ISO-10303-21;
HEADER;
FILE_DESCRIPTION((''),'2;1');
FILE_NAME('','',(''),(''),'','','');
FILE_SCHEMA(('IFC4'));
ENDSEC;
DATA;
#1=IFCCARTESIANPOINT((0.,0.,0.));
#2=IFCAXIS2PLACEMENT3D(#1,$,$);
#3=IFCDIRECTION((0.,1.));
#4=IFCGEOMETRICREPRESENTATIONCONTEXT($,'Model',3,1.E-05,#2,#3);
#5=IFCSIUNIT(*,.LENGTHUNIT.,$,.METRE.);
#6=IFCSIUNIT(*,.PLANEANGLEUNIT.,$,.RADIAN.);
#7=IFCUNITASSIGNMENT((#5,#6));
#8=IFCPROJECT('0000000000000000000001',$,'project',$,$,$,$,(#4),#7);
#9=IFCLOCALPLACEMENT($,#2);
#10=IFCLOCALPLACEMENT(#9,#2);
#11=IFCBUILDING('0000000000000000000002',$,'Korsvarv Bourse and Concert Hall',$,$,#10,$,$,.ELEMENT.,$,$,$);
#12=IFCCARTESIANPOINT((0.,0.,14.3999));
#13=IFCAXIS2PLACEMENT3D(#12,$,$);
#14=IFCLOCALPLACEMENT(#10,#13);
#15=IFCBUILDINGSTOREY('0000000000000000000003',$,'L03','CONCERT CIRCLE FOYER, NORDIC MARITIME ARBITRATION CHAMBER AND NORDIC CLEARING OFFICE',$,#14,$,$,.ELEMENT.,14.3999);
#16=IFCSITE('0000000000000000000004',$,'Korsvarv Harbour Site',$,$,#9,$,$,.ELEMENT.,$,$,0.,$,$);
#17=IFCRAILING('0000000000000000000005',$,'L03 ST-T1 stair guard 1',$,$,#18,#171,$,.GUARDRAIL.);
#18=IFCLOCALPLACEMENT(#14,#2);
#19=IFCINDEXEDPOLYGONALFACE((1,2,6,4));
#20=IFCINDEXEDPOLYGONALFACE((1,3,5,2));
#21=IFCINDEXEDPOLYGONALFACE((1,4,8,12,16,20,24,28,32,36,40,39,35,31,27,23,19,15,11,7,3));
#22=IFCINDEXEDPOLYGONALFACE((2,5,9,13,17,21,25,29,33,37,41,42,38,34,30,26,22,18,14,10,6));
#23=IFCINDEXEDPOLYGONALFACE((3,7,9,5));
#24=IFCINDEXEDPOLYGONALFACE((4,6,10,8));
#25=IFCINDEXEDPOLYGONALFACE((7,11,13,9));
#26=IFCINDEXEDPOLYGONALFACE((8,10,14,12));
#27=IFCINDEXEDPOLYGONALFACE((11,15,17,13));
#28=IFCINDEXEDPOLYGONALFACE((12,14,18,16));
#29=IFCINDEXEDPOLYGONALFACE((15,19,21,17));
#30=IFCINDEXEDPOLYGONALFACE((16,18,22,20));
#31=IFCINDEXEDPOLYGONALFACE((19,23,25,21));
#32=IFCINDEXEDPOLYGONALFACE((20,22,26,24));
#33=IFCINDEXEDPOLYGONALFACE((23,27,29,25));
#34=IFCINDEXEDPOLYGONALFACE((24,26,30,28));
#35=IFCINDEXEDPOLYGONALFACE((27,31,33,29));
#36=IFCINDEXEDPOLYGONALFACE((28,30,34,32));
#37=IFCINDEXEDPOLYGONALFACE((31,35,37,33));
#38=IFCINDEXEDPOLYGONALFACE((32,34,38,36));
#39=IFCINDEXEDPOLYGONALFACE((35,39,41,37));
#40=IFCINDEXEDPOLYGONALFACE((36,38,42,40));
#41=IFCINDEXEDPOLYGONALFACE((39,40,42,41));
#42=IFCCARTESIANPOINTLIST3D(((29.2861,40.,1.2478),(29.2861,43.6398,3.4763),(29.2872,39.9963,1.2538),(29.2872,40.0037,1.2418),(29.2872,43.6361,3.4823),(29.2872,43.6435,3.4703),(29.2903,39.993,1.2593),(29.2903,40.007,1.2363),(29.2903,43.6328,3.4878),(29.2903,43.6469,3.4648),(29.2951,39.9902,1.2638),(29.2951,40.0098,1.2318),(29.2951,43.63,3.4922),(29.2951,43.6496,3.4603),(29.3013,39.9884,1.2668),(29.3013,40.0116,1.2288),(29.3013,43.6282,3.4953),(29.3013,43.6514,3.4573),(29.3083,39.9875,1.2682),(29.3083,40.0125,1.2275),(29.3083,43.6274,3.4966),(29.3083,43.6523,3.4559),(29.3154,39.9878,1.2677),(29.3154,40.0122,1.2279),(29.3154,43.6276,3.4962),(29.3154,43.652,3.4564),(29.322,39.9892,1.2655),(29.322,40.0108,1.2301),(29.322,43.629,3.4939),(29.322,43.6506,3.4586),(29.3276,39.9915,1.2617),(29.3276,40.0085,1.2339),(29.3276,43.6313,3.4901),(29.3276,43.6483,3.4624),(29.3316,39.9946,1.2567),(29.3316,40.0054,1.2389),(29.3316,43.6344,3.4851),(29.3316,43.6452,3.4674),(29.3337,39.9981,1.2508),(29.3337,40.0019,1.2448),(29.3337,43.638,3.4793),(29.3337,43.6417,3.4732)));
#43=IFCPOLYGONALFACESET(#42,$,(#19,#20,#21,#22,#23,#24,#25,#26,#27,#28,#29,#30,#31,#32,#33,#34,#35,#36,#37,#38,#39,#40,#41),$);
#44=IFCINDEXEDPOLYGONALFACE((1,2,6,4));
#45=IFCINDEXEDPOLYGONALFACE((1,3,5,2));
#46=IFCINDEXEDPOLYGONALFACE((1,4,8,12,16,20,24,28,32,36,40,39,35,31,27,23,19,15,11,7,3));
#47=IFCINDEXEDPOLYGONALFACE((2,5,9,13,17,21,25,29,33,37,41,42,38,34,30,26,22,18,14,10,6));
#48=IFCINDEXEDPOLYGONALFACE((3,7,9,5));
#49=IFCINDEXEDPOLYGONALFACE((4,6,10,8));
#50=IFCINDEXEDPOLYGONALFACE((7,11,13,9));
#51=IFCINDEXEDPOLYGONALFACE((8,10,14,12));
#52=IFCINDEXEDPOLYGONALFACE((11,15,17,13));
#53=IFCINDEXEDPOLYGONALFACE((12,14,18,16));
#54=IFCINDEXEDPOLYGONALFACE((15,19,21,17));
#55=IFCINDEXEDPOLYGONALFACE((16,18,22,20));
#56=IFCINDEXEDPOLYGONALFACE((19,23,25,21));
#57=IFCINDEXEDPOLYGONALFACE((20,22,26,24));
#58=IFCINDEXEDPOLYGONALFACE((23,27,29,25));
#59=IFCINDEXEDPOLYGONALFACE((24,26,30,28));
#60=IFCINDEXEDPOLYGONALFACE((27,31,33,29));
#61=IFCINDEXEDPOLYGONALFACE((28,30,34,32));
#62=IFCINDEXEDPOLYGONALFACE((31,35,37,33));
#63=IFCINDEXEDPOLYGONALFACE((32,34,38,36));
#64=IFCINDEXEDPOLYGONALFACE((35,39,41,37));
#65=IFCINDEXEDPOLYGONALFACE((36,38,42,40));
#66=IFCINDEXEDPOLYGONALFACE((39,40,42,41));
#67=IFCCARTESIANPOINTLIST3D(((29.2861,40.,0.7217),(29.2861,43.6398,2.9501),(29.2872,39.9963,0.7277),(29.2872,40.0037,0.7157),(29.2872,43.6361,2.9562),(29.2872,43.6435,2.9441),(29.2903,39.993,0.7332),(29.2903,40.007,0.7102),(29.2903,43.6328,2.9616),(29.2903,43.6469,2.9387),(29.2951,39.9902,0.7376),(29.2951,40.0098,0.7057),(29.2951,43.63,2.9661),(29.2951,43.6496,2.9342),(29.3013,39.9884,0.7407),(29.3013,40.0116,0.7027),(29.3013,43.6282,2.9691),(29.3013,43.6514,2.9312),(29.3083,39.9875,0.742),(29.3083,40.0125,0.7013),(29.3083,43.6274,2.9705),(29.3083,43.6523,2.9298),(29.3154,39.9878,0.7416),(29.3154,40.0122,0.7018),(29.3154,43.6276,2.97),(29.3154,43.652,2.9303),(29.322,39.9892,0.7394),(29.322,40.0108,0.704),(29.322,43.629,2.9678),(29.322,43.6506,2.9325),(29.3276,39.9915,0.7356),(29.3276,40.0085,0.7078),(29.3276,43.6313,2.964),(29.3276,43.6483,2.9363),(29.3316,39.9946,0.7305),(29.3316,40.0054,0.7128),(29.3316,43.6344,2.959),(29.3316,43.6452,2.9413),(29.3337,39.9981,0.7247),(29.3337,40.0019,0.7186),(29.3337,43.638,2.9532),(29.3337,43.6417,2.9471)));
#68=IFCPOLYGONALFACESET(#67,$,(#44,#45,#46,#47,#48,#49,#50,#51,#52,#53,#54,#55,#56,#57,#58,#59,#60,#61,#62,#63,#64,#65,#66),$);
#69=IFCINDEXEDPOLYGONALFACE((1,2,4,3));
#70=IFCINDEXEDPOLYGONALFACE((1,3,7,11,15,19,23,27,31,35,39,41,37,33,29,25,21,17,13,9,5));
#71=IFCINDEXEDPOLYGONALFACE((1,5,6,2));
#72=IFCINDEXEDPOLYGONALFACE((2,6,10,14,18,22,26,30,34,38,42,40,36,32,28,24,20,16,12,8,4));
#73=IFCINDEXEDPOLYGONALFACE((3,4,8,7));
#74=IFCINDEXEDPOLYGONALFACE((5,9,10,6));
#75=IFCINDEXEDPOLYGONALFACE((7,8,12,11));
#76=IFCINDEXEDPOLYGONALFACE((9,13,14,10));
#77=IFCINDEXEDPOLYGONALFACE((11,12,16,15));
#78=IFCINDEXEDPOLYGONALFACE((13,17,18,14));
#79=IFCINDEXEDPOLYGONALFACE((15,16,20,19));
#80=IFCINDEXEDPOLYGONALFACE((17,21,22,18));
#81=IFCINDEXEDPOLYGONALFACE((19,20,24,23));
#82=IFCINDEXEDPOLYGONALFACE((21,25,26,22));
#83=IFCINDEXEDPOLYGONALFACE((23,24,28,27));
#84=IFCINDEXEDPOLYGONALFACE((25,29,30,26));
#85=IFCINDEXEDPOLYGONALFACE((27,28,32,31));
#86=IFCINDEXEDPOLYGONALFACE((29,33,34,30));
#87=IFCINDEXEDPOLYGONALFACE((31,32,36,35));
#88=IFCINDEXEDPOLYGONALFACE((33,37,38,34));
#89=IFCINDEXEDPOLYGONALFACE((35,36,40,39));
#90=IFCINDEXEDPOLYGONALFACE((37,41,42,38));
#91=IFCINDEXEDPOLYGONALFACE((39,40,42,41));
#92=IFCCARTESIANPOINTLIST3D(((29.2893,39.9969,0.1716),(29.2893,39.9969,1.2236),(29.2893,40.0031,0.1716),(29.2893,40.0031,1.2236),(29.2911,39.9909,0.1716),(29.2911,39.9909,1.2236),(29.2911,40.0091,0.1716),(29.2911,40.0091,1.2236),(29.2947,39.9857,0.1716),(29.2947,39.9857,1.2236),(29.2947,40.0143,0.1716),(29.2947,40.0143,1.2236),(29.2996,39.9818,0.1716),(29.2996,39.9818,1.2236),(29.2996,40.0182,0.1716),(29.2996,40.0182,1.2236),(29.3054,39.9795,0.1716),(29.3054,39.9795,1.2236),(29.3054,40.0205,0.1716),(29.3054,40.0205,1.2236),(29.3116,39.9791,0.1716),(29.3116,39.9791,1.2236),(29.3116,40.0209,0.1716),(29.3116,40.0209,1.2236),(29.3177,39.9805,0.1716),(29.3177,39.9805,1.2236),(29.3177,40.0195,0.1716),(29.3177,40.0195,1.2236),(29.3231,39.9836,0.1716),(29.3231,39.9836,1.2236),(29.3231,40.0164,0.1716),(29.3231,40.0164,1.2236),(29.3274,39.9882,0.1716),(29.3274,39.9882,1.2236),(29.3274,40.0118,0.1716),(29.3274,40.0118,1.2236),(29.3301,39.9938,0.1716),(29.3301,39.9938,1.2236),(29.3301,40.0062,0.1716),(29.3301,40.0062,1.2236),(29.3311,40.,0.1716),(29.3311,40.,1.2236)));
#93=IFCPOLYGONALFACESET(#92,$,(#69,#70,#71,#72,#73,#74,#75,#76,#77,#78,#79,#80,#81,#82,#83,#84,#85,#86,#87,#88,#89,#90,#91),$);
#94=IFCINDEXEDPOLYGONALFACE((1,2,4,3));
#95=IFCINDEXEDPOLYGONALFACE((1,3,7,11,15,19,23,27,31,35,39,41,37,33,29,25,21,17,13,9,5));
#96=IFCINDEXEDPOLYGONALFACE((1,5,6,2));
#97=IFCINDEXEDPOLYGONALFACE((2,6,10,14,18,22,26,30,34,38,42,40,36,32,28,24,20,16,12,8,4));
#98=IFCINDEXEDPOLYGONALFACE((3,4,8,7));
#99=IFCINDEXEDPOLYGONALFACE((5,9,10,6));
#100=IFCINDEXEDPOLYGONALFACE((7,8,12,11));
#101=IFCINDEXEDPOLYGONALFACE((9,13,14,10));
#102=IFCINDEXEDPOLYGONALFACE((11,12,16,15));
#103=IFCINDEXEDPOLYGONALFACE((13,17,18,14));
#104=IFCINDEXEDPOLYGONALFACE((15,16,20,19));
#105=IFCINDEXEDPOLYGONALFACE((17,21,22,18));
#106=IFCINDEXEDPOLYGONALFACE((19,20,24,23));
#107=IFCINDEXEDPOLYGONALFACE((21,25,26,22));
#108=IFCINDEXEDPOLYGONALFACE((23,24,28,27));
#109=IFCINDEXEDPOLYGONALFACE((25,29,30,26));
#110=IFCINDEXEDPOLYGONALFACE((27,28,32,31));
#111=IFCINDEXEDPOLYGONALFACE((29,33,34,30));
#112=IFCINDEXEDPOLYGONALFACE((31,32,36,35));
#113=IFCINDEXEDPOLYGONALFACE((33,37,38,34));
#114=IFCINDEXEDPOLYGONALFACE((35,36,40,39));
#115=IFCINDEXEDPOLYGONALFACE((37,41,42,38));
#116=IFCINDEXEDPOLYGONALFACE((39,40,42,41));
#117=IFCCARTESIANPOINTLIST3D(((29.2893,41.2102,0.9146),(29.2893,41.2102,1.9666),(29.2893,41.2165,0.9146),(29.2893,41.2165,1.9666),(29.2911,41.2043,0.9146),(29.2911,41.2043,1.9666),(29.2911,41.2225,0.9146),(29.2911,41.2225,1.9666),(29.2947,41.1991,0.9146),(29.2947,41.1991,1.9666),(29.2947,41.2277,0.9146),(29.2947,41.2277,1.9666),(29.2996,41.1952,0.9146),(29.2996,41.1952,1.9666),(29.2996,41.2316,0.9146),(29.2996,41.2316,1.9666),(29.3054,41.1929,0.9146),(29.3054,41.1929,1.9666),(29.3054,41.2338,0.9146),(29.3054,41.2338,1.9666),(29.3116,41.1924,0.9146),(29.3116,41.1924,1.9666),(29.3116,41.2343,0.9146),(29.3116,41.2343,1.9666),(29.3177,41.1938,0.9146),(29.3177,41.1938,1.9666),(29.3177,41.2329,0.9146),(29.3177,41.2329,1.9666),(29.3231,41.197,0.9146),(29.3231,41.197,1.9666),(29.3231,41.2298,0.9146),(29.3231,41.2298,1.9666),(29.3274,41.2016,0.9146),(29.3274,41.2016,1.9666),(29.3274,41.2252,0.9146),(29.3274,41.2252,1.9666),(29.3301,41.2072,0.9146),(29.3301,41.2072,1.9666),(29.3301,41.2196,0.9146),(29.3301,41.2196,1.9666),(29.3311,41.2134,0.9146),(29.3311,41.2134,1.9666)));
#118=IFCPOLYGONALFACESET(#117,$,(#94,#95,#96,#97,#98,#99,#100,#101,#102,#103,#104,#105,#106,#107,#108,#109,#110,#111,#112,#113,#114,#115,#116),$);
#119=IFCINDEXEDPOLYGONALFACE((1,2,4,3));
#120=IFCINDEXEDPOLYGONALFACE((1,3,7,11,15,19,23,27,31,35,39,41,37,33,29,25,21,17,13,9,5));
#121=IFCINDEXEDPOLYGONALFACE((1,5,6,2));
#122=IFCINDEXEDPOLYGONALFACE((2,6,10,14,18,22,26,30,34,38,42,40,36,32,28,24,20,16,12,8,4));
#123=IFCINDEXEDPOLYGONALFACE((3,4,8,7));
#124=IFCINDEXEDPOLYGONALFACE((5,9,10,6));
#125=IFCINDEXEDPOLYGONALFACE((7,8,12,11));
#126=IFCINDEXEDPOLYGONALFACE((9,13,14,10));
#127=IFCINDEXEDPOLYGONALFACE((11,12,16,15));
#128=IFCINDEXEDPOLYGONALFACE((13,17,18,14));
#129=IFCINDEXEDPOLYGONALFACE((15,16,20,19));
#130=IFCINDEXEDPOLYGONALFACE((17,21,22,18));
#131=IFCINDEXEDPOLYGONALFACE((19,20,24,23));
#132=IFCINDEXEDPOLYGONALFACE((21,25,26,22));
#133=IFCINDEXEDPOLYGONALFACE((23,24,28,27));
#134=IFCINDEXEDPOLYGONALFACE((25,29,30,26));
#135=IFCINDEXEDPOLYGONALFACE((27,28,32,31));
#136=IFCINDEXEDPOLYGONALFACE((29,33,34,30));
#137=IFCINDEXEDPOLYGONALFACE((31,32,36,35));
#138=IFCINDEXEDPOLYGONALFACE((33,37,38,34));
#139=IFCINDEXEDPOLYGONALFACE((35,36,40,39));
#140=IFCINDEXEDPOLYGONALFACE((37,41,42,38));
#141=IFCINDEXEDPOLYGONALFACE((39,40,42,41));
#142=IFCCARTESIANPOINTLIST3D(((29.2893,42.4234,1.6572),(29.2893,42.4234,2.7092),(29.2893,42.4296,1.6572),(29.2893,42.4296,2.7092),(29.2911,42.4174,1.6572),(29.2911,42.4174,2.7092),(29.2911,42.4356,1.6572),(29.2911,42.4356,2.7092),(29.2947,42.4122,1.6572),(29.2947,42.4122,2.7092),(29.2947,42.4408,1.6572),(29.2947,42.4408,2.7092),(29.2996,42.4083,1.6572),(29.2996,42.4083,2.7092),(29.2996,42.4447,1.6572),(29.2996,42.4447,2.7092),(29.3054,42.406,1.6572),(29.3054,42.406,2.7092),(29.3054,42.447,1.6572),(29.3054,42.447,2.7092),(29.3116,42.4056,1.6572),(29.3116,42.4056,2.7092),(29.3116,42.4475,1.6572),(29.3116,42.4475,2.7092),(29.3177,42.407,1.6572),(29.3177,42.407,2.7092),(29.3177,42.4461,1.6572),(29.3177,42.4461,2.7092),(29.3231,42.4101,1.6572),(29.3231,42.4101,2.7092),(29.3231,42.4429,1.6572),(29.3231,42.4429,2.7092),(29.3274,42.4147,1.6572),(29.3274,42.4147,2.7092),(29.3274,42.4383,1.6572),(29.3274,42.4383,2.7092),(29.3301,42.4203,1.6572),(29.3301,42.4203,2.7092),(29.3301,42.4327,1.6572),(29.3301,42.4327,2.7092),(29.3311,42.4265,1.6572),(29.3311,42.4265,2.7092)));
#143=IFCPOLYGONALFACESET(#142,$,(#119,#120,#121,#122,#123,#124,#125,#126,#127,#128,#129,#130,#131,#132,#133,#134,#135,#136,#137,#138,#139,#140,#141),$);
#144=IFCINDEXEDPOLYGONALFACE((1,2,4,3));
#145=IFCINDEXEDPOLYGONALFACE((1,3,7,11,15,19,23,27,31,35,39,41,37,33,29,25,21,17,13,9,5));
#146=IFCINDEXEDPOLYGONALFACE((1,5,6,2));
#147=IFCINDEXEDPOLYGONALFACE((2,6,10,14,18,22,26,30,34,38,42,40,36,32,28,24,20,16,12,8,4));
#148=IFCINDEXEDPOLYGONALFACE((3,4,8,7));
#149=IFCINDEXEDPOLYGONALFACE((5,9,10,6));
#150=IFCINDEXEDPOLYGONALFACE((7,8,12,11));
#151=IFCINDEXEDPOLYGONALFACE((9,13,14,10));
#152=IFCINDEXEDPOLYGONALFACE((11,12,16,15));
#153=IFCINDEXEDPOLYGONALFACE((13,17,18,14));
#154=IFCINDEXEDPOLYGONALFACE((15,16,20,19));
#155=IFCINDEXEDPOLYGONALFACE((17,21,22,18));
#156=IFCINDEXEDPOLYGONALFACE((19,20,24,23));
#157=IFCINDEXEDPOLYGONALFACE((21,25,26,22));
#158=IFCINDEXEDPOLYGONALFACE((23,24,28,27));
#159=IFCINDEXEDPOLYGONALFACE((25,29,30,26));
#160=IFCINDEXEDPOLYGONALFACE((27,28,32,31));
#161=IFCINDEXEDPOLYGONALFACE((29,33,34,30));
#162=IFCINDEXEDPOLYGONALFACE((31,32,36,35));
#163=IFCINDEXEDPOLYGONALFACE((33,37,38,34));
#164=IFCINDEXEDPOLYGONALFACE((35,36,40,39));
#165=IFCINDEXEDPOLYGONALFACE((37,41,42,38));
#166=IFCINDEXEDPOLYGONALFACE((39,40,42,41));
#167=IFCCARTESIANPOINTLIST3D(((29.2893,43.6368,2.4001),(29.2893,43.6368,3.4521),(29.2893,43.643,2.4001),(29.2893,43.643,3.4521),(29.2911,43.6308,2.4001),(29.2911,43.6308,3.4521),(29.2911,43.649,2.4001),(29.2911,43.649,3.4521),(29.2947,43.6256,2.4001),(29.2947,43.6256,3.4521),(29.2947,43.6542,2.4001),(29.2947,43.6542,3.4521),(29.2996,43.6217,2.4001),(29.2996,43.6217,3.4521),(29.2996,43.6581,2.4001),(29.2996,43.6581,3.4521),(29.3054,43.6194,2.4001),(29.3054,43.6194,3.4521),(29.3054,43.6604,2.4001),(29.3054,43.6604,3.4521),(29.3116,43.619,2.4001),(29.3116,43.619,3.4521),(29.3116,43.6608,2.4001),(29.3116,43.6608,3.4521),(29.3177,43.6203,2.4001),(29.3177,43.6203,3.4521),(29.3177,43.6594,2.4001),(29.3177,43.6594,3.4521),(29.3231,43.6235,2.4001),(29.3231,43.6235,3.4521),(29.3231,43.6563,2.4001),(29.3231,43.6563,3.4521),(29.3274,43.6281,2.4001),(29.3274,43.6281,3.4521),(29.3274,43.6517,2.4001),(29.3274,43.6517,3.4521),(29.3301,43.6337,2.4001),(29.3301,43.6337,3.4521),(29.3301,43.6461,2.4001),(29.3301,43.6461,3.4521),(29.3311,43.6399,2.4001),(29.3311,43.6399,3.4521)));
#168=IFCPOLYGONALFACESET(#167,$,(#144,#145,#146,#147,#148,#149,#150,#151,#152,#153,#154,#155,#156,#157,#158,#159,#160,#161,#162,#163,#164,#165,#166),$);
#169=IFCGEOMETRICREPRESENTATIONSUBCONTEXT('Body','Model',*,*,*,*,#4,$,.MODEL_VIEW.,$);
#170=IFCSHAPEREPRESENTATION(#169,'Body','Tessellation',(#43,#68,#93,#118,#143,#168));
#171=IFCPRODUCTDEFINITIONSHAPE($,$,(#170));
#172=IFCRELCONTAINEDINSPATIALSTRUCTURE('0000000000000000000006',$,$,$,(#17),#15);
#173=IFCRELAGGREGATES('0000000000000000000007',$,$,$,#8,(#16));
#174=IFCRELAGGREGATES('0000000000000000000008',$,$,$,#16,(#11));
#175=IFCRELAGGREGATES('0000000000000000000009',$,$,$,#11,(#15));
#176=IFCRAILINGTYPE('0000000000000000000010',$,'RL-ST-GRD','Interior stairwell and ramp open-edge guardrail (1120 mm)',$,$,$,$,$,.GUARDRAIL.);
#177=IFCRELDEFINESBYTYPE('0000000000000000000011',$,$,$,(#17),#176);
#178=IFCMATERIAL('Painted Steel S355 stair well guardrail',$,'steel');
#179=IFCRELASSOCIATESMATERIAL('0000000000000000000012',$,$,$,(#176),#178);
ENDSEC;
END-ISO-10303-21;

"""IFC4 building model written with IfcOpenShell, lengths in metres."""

from ifc_helpers import new_model, si_unit, direction, frame, origin, origin_2d, place, context, subcontext, project, spatial, circle, extrude, material, type_object, element, save


model = new_model("IFC4")

# Units and contexts
model_context = context("Model", 3, precision=1e-05, world=origin(), true_north=direction((0.0, 1.0)))
body_context = subcontext(model_context, "Body", "Model", "MODEL_VIEW")
ifc_project = project(units=[si_unit("LENGTHUNIT", "METRE"), si_unit("PLANEANGLEUNIT", "RADIAN")], contexts=[model_context])

# Site, building, storey
site_placement = place(None, origin())
site = spatial("IfcSite", under=ifc_project, at=site_placement, Name="Korsvarv Harbour Site", CompositionType="ELEMENT", RefElevation=0.0)
building_placement = place(site_placement, origin())
building = spatial("IfcBuilding", under=site, at=building_placement, Name="Korsvarv Bourse and Concert Hall", CompositionType="ELEMENT")
storey_placement = place(building_placement, frame((0.0, 0.0, 14.3999)))
storey = spatial("IfcBuildingStorey", under=building, at=storey_placement, Name="L03", Description="CONCERT CIRCLE FOYER, NORDIC MARITIME ARBITRATION CHAMBER AND NORDIC CLEARING OFFICE", CompositionType="ELEMENT", Elevation=14.3999)

# Railing
ifc_material_1 = material(Name="Painted Steel S355 stair well guardrail", Category="steel")
railing_type = type_object("IfcRailingType", Name="RL-ST-GRD", Description="Interior stairwell and ramp open-edge guardrail (1120 mm)", PredefinedType="GUARDRAIL", material=ifc_material_1)
railing_1_placement = place(storey_placement, frame((29.3101, 40.0, 0.1716)))
element("IfcRailing", 1, at=railing_1_placement, inside=storey, type_object=railing_type, Name="L03 ST-T1 stair guard 1", PredefinedType="GUARDRAIL", context=body_context, shape_type="SweptSolid", body=[
    extrude(circle(Radius=0.0239, at=origin_2d()), frame((0.0, 0.0, 1.0762), z_axis=(0.0, 0.85285, 0.522156), x_axis=(-1.0, 0.0, 0.0)), (0.0, 0.0, 1.0), 4.2678),
    extrude(circle(Radius=0.0239, at=origin_2d()), frame((0.0, 0.0, 0.55), z_axis=(0.0, 0.85285, 0.522156), x_axis=(-1.0, 0.0, 0.0)), (0.0, 0.0, 1.0), 4.2678),
    extrude(circle(Radius=0.021, at=origin_2d()), origin(), (0.0, 0.0, 1.0), 1.052),
    extrude(circle(Radius=0.021, at=origin_2d()), frame((0.0, 1.2134, 0.7429)), (0.0, 0.0, 1.0), 1.052),
    extrude(circle(Radius=0.021, at=origin_2d()), frame((0.0, 2.4265, 1.4856)), (0.0, 0.0, 1.0), 1.052),
    extrude(circle(Radius=0.021, at=origin_2d()), frame((0.0, 3.6399, 2.2285)), (0.0, 0.0, 1.0), 1.052),
])

save(model, "model.ifc")
